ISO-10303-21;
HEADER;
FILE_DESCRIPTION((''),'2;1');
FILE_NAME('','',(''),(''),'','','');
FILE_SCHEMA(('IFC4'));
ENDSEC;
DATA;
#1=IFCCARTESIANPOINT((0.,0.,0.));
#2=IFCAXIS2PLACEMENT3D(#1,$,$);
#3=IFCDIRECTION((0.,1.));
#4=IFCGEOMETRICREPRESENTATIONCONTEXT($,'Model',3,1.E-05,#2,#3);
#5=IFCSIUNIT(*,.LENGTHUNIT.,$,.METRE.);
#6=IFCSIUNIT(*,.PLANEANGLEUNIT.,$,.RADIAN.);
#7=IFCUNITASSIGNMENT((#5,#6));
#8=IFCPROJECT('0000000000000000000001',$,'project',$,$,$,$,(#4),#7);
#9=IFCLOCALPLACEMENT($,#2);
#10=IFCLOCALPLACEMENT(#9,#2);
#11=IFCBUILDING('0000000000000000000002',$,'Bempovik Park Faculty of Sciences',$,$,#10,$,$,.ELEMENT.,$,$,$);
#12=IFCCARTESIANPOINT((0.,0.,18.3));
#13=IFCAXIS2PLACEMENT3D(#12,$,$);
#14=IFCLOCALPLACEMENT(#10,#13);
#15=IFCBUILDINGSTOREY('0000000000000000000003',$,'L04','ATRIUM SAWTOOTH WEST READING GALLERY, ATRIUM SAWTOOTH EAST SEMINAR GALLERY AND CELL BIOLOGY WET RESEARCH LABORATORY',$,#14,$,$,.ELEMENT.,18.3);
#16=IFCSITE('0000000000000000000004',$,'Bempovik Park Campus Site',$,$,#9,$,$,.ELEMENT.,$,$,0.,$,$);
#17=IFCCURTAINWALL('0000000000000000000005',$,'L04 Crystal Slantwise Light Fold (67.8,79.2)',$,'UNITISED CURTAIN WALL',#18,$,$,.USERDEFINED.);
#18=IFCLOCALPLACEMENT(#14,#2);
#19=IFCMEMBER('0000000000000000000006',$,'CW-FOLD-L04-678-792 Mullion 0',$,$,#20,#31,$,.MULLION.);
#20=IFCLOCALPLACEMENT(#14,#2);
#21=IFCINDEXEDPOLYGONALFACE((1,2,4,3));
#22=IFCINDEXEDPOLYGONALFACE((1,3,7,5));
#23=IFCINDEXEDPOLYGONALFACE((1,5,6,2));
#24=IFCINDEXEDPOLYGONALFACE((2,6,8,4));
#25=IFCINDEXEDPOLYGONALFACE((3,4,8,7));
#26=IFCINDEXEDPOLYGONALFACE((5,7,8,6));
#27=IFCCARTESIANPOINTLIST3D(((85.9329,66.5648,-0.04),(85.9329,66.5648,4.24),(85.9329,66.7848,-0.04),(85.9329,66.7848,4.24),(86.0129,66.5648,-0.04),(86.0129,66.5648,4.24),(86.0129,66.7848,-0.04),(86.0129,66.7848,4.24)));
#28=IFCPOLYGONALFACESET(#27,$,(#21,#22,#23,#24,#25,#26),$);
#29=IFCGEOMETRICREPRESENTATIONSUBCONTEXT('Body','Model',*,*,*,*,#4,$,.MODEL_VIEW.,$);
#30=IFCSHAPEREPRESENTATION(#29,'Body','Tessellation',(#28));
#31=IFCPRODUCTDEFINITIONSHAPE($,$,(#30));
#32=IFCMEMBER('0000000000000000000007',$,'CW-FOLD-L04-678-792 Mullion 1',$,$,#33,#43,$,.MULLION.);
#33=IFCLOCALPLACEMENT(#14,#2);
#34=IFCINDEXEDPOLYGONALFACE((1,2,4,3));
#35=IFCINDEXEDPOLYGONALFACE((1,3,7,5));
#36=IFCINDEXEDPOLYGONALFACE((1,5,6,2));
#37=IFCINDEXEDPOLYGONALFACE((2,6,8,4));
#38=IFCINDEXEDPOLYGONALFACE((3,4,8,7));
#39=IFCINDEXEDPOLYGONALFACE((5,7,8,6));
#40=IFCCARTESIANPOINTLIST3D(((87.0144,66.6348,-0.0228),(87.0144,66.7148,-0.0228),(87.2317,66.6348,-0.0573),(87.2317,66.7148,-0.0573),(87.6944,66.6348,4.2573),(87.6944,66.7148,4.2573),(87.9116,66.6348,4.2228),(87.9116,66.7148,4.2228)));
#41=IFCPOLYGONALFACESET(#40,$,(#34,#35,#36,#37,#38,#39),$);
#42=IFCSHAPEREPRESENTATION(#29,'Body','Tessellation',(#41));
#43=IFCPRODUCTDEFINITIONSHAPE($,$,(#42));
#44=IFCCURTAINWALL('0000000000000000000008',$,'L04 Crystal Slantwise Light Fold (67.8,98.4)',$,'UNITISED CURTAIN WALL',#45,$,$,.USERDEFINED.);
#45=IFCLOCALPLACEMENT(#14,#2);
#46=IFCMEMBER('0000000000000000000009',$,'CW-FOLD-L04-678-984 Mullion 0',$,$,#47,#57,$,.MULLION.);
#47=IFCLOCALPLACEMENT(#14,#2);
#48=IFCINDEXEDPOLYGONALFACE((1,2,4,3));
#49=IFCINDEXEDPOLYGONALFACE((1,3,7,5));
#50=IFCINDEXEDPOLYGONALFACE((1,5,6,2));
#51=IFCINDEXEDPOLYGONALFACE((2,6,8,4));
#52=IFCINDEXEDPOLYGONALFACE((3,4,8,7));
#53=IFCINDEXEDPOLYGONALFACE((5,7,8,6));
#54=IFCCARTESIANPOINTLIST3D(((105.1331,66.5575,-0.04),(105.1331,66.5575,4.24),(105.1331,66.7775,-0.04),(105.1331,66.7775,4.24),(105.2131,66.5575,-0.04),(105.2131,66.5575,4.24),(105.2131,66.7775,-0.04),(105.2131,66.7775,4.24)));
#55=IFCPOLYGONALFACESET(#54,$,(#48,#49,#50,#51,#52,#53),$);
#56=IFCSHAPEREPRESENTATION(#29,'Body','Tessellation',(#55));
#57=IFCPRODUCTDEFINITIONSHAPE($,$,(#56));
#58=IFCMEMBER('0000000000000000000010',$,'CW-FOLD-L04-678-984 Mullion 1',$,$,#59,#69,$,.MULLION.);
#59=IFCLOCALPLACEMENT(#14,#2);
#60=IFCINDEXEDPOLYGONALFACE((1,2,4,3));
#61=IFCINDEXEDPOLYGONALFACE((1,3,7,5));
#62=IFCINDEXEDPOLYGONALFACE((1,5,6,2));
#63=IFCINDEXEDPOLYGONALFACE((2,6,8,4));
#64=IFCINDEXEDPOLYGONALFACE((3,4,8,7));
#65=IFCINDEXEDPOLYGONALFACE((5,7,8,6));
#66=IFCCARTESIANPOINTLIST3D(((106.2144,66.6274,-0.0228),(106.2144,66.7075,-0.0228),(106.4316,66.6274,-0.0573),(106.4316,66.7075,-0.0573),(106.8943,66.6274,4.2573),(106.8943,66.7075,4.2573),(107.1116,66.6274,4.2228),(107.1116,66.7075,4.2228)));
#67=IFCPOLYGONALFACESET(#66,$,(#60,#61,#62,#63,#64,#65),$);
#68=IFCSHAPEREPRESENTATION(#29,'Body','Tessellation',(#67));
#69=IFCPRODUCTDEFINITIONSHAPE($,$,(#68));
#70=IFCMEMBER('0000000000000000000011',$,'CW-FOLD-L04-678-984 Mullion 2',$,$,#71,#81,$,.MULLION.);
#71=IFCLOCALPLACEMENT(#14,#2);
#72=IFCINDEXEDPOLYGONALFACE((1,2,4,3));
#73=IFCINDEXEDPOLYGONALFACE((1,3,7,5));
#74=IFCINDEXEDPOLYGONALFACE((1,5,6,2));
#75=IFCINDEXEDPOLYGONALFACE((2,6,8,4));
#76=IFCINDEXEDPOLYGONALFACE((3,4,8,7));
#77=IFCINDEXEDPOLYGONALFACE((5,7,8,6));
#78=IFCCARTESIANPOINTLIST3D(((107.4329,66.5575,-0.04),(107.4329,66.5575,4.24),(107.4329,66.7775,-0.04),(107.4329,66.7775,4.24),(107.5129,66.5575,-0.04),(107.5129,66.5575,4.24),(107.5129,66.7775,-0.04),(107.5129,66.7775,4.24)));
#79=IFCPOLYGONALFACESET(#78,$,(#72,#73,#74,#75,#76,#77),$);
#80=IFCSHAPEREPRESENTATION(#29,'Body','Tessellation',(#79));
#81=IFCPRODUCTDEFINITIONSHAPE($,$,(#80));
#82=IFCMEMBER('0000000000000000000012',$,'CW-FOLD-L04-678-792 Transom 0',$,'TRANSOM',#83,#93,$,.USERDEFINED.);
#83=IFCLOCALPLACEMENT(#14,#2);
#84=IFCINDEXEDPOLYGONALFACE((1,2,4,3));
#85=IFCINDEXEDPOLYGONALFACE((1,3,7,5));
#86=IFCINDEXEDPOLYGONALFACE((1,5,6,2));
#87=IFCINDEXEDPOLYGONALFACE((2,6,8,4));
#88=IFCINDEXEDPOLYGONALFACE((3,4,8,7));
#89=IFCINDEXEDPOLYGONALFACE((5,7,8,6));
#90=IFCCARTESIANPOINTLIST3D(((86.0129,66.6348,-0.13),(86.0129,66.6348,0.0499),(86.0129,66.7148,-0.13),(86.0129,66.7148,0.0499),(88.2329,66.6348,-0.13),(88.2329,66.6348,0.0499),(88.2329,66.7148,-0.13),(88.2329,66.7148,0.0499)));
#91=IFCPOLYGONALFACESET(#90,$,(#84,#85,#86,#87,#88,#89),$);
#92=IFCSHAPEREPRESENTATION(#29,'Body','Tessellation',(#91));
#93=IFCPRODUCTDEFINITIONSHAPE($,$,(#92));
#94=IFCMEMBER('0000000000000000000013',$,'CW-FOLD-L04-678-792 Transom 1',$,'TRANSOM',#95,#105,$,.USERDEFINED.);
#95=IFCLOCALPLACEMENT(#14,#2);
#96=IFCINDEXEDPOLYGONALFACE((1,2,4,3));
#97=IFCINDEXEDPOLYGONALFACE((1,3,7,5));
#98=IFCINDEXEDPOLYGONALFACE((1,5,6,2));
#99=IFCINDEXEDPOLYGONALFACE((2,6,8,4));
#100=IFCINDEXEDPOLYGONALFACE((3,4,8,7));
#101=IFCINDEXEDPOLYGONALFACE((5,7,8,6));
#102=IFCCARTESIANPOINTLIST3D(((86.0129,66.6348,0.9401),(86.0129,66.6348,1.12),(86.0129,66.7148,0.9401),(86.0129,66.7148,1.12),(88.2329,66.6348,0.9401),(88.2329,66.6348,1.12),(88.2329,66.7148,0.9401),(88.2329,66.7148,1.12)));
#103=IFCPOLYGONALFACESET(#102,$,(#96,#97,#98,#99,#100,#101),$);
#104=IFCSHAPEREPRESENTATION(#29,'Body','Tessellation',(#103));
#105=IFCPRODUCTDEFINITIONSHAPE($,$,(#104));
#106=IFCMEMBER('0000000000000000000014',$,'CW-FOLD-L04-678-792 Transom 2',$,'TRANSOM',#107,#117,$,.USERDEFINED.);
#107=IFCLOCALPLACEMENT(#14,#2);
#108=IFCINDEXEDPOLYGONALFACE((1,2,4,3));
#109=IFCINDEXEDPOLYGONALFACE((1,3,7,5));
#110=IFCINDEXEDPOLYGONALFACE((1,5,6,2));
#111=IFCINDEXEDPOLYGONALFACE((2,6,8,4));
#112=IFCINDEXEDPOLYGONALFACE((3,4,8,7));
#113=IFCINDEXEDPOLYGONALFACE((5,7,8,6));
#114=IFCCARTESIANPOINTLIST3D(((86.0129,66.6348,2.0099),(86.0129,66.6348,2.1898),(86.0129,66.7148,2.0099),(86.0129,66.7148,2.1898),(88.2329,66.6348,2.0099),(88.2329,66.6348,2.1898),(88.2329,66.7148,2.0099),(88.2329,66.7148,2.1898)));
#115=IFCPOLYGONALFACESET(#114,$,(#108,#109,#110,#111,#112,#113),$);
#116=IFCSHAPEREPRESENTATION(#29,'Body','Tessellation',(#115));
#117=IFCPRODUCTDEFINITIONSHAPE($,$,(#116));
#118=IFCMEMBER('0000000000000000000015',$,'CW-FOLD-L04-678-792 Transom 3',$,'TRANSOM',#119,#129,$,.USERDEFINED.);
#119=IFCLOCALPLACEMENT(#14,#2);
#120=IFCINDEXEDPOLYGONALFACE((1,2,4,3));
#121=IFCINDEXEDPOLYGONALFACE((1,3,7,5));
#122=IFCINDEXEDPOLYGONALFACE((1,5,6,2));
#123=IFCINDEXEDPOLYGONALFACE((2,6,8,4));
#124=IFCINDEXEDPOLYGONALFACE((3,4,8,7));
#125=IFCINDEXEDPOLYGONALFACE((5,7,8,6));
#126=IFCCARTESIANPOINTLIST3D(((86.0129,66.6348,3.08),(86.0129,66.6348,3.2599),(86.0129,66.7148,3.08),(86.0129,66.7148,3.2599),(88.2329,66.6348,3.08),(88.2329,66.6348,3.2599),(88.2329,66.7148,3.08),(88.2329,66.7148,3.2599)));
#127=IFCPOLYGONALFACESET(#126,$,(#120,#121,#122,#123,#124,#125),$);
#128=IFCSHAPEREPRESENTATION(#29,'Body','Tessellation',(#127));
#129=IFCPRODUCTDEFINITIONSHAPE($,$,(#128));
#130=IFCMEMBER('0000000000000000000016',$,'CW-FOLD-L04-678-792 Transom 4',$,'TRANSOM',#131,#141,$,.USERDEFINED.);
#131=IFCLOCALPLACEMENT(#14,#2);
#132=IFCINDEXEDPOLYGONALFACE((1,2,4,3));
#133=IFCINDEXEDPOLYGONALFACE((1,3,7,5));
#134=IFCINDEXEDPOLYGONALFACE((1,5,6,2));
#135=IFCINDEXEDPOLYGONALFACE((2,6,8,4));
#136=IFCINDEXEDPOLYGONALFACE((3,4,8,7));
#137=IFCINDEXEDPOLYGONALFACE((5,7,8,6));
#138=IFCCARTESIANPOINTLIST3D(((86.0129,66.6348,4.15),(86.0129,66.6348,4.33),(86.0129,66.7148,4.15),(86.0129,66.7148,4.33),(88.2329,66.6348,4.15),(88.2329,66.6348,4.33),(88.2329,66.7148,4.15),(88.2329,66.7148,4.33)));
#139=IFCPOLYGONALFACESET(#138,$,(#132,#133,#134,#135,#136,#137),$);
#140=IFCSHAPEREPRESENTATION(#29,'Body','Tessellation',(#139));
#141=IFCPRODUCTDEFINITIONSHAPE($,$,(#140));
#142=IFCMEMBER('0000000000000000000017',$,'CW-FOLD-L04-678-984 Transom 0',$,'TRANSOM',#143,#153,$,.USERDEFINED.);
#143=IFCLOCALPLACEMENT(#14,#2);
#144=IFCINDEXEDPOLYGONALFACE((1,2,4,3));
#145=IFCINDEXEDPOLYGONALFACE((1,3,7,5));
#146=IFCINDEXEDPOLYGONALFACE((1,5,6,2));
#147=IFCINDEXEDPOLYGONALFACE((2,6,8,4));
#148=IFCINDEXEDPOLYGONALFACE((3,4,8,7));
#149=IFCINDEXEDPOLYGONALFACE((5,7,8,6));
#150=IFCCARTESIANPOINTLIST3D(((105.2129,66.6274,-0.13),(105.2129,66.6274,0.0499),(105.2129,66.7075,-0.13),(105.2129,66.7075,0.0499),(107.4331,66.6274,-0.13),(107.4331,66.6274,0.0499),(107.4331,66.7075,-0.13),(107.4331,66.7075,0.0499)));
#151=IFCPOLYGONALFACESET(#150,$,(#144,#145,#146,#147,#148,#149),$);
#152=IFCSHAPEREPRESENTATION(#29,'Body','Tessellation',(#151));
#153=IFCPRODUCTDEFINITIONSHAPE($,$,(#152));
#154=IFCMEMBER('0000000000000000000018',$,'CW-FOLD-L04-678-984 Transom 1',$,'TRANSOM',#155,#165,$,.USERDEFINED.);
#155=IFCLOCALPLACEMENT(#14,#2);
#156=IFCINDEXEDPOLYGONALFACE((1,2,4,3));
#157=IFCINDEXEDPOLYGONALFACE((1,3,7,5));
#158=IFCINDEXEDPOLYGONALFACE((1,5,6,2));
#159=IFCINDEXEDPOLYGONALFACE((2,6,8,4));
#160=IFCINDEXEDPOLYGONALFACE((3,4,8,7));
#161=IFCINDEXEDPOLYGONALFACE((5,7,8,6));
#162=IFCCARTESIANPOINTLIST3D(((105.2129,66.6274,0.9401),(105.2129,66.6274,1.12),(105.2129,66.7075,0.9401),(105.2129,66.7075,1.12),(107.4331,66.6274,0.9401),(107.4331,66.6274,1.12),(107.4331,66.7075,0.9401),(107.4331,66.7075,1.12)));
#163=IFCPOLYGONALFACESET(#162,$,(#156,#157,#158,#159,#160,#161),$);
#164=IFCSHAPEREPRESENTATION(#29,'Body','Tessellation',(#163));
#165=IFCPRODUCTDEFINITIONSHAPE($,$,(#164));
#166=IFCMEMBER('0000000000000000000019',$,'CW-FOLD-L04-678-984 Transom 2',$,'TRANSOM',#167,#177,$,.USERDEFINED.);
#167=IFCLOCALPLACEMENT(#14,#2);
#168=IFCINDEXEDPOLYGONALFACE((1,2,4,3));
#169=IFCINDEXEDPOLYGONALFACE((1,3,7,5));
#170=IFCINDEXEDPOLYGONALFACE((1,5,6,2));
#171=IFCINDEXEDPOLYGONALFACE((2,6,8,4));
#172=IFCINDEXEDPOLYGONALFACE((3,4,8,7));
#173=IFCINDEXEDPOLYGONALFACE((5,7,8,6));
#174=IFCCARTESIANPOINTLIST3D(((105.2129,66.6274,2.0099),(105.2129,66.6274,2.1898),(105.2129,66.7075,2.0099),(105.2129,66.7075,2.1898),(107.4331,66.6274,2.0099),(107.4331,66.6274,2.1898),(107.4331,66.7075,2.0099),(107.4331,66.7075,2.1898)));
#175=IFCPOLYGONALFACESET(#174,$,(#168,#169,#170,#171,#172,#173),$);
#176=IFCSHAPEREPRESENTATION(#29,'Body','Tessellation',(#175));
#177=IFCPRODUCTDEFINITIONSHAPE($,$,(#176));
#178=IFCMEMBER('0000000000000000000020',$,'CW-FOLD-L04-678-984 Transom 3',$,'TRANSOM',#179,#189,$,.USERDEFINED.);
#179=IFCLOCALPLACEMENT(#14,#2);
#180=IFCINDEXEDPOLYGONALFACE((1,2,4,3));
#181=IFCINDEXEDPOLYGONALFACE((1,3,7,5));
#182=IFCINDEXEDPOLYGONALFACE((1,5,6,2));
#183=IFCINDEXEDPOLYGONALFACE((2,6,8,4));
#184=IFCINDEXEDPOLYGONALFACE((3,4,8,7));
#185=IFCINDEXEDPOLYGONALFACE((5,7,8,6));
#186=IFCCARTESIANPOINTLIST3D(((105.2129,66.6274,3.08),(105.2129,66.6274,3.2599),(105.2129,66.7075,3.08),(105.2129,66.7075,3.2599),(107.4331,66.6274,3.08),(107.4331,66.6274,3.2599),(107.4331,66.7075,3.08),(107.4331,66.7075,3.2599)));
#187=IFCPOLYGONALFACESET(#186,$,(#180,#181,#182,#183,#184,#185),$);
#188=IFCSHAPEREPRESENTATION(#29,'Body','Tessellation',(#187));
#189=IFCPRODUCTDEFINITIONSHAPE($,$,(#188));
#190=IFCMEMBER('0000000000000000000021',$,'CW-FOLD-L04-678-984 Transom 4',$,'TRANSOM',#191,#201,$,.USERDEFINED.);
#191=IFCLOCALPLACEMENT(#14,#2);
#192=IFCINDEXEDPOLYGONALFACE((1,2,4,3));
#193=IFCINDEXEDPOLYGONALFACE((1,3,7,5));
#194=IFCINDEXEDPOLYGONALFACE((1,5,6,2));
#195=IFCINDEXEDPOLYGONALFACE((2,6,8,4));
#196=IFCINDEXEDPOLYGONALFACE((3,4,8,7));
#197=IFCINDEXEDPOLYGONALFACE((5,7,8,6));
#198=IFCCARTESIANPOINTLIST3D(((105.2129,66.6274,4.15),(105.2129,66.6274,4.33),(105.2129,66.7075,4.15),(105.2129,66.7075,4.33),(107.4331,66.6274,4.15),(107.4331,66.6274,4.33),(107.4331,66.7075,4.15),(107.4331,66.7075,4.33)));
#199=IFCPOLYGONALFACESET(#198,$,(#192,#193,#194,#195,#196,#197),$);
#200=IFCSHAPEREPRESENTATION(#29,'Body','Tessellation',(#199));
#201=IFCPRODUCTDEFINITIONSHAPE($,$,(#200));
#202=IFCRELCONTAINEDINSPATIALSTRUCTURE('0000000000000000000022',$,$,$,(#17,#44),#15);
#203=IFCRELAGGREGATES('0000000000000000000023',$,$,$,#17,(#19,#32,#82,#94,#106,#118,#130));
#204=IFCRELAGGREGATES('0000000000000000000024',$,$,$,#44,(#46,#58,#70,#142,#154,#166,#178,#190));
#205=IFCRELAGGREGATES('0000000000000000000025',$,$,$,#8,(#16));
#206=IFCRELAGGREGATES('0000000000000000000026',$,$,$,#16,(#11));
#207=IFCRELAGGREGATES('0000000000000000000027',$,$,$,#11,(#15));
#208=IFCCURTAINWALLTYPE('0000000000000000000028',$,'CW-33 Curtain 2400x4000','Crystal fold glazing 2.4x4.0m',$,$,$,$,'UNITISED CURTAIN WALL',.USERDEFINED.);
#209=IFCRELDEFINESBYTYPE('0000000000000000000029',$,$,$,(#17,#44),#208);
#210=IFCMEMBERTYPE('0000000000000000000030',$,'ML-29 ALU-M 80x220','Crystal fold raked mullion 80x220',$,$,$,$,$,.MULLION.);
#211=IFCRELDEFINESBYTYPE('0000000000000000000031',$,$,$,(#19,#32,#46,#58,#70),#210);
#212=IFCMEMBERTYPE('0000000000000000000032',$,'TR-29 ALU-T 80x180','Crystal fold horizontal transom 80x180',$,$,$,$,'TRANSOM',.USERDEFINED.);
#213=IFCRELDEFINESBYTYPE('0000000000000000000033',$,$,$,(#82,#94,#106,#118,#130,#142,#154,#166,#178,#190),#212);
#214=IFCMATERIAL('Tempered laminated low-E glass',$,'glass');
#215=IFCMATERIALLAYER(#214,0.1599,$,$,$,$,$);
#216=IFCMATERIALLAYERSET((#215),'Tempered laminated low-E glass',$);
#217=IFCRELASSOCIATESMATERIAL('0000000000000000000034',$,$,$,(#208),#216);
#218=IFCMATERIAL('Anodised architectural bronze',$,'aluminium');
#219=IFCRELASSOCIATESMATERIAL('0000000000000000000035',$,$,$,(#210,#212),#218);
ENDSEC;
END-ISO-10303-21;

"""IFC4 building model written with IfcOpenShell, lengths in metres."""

from ifc_helpers import new_model, si_unit, direction, frame, origin, origin_2d, place, context, subcontext, project, spatial, rectangle, extrude, material, layer, layer_set, material_profile, profile_set, type_object, element, aggregate, save


model = new_model("IFC4")

# Units and contexts
model_context = context("Model", 3, precision=1e-05, world=origin(), true_north=direction((0.0, 1.0)))
body_context = subcontext(model_context, "Body", "Model", "MODEL_VIEW")
ifc_project = project(units=[si_unit("LENGTHUNIT", "METRE"), si_unit("PLANEANGLEUNIT", "RADIAN")], contexts=[model_context])

# Site, building, storey
site_placement = place(None, origin())
site = spatial("IfcSite", under=ifc_project, at=site_placement, Name="Bempovik Park Campus Site", CompositionType="ELEMENT", RefElevation=0.0)
building_placement = place(site_placement, origin())
building = spatial("IfcBuilding", under=site, at=building_placement, Name="Bempovik Park Faculty of Sciences", CompositionType="ELEMENT")
storey_placement = place(building_placement, frame((0.0, 0.0, 18.3)))
storey = spatial("IfcBuildingStorey", under=building, at=storey_placement, Name="L04", Description="ATRIUM SAWTOOTH WEST READING GALLERY, ATRIUM SAWTOOTH EAST SEMINAR GALLERY AND CELL BIOLOGY WET RESEARCH LABORATORY", CompositionType="ELEMENT", Elevation=18.3)

# Curtain walls, members
ifc_material_1 = material(Name="Tempered laminated low-E glass", Category="glass")
ifc_layer_1 = layer(ifc_material_1, 0.1599)
ifc_layer_set_1 = layer_set([ifc_layer_1], Name="Tempered laminated low-E glass")
curtain_wall_type = type_object("IfcCurtainWallType", Name="CW-33 Curtain 2400x4000", Description="Crystal fold glazing 2.4x4.0m", ElementType="UNITISED CURTAIN WALL", PredefinedType="USERDEFINED", material=ifc_layer_set_1)
curtain_wall_1_placement = place(storey_placement, origin())
curtain_wall_1 = element("IfcCurtainWall", 1, at=curtain_wall_1_placement, inside=storey, type_object=curtain_wall_type, Name="L04 Crystal Slantwise Light Fold (67.8,79.2)", ObjectType="UNITISED CURTAIN WALL", PredefinedType="USERDEFINED")
ifc_material_2 = material(Name="Anodised architectural bronze", Category="aluminium")
ifc_material_profile_1 = material_profile(ifc_material_2, rectangle(XDim=0.0801, YDim=0.22, at=origin_2d()), Name="ALU-M 80x220")
ifc_profile_set_1 = profile_set([ifc_material_profile_1], Name="Anodised architectural bronze")
member_type_1 = type_object("IfcMemberType", Name="ML-29 ALU-M 80x220", Description="Crystal fold raked mullion 80x220", PredefinedType="MULLION", material=ifc_profile_set_1)
member_1_placement = place(storey_placement, frame((85.9729, 66.6748, -0.04), z_axis=(0.0, 0.0, 1.0), x_axis=(1.0, 0.0, 0.0)))
member_1 = element("IfcMember", 2, at=member_1_placement, type_object=member_type_1, Name="CW-FOLD-L04-678-792 Mullion 0", PredefinedType="MULLION", context=body_context, shape_type="SweptSolid", body=[
    extrude(rectangle(XDim=0.0801, YDim=0.22, at=origin_2d()), origin(), (0.0, 0.0, 1.0), 4.28),
])
member_2_placement = place(storey_placement, frame((87.123, 66.6748, -0.04), z_axis=(0.156894, 0.0, 0.987615), x_axis=(0.0, 1.0, 0.0)))
member_2 = element("IfcMember", 3, at=member_2_placement, type_object=member_type_1, Name="CW-FOLD-L04-678-792 Mullion 1", PredefinedType="MULLION", context=body_context, shape_type="SweptSolid", body=[
    extrude(rectangle(XDim=0.0801, YDim=0.22, at=origin_2d()), origin(), (0.0, 0.0, 1.0), 4.3337),
])
curtain_wall_2_placement = place(storey_placement, origin())
curtain_wall_2 = element("IfcCurtainWall", 4, at=curtain_wall_2_placement, inside=storey, type_object=curtain_wall_type, Name="L04 Crystal Slantwise Light Fold (67.8,98.4)", ObjectType="UNITISED CURTAIN WALL", PredefinedType="USERDEFINED")
member_3_placement = place(storey_placement, frame((105.1731, 66.6675, -0.04), z_axis=(0.0, 0.0, 1.0), x_axis=(1.0, 0.0, 0.0)))
member_3 = element("IfcMember", 5, at=member_3_placement, type_object=member_type_1, Name="CW-FOLD-L04-678-984 Mullion 0", PredefinedType="MULLION", context=body_context, shape_type="SweptSolid", body=[
    extrude(rectangle(XDim=0.0801, YDim=0.22, at=origin_2d()), origin(), (0.0, 0.0, 1.0), 4.28),
])
member_4_placement = place(storey_placement, frame((106.323, 66.6675, -0.04), z_axis=(0.156894, 0.0, 0.987615), x_axis=(0.0, 1.0, 0.0)))
member_4 = element("IfcMember", 6, at=member_4_placement, type_object=member_type_1, Name="CW-FOLD-L04-678-984 Mullion 1", PredefinedType="MULLION", context=body_context, shape_type="SweptSolid", body=[
    extrude(rectangle(XDim=0.0801, YDim=0.22, at=origin_2d()), origin(), (0.0, 0.0, 1.0), 4.3337),
])
member_5_placement = place(storey_placement, frame((107.4729, 66.6675, -0.04), z_axis=(0.0, 0.0, 1.0), x_axis=(1.0, 0.0, 0.0)))
member_5 = element("IfcMember", 7, at=member_5_placement, type_object=member_type_1, Name="CW-FOLD-L04-678-984 Mullion 2", PredefinedType="MULLION", context=body_context, shape_type="SweptSolid", body=[
    extrude(rectangle(XDim=0.0801, YDim=0.22, at=origin_2d()), origin(), (0.0, 0.0, 1.0), 4.28),
])

# Members
ifc_material_profile_2 = material_profile(ifc_material_2, rectangle(XDim=0.0801, YDim=0.1799, at=origin_2d()), Name="ALU-T 80x180")
ifc_profile_set_2 = profile_set([ifc_material_profile_2], Name="Anodised architectural bronze")
member_type_2 = type_object("IfcMemberType", Name="TR-29 ALU-T 80x180", Description="Crystal fold horizontal transom 80x180", ElementType="TRANSOM", PredefinedType="USERDEFINED", material=ifc_profile_set_2)
member_6_placement = place(storey_placement, frame((86.0129, 66.6748, -0.04), z_axis=(1.0, 0.0, 0.0), x_axis=(0.0, 1.0, 0.0)))
member_6 = element("IfcMember", 8, at=member_6_placement, type_object=member_type_2, Name="CW-FOLD-L04-678-792 Transom 0", ObjectType="TRANSOM", PredefinedType="USERDEFINED", context=body_context, shape_type="SweptSolid", body=[
    extrude(rectangle(XDim=0.0801, YDim=0.1799, at=origin_2d()), origin(), (0.0, 0.0, 1.0), 2.22),
])
member_7_placement = place(storey_placement, frame((86.0129, 66.6748, 1.03), z_axis=(1.0, 0.0, 0.0), x_axis=(0.0, 1.0, 0.0)))
member_7 = element("IfcMember", 9, at=member_7_placement, type_object=member_type_2, Name="CW-FOLD-L04-678-792 Transom 1", ObjectType="TRANSOM", PredefinedType="USERDEFINED", context=body_context, shape_type="SweptSolid", body=[
    extrude(rectangle(XDim=0.0801, YDim=0.1799, at=origin_2d()), origin(), (0.0, 0.0, 1.0), 2.22),
])
member_8_placement = place(storey_placement, frame((86.0129, 66.6748, 2.0999), z_axis=(1.0, 0.0, 0.0), x_axis=(0.0, 1.0, 0.0)))
member_8 = element("IfcMember", 10, at=member_8_placement, type_object=member_type_2, Name="CW-FOLD-L04-678-792 Transom 2", ObjectType="TRANSOM", PredefinedType="USERDEFINED", context=body_context, shape_type="SweptSolid", body=[
    extrude(rectangle(XDim=0.0801, YDim=0.1799, at=origin_2d()), origin(), (0.0, 0.0, 1.0), 2.22),
])
member_9_placement = place(storey_placement, frame((86.0129, 66.6748, 3.1699), z_axis=(1.0, 0.0, 0.0), x_axis=(0.0, 1.0, 0.0)))
member_9 = element("IfcMember", 11, at=member_9_placement, type_object=member_type_2, Name="CW-FOLD-L04-678-792 Transom 3", ObjectType="TRANSOM", PredefinedType="USERDEFINED", context=body_context, shape_type="SweptSolid", body=[
    extrude(rectangle(XDim=0.0801, YDim=0.1799, at=origin_2d()), origin(), (0.0, 0.0, 1.0), 2.22),
])
member_10_placement = place(storey_placement, frame((86.0129, 66.6748, 4.24), z_axis=(1.0, 0.0, 0.0), x_axis=(0.0, 1.0, 0.0)))
member_10 = element("IfcMember", 12, at=member_10_placement, type_object=member_type_2, Name="CW-FOLD-L04-678-792 Transom 4", ObjectType="TRANSOM", PredefinedType="USERDEFINED", context=body_context, shape_type="SweptSolid", body=[
    extrude(rectangle(XDim=0.0801, YDim=0.1799, at=origin_2d()), origin(), (0.0, 0.0, 1.0), 2.22),
])
member_11_placement = place(storey_placement, frame((105.2129, 66.6675, -0.04), z_axis=(1.0, 0.0, 0.0), x_axis=(0.0, 1.0, 0.0)))
member_11 = element("IfcMember", 13, at=member_11_placement, type_object=member_type_2, Name="CW-FOLD-L04-678-984 Transom 0", ObjectType="TRANSOM", PredefinedType="USERDEFINED", context=body_context, shape_type="SweptSolid", body=[
    extrude(rectangle(XDim=0.0801, YDim=0.1799, at=origin_2d()), origin(), (0.0, 0.0, 1.0), 2.2202),
])
member_12_placement = place(storey_placement, frame((105.2129, 66.6675, 1.03), z_axis=(1.0, 0.0, 0.0), x_axis=(0.0, 1.0, 0.0)))
member_12 = element("IfcMember", 14, at=member_12_placement, type_object=member_type_2, Name="CW-FOLD-L04-678-984 Transom 1", ObjectType="TRANSOM", PredefinedType="USERDEFINED", context=body_context, shape_type="SweptSolid", body=[
    extrude(rectangle(XDim=0.0801, YDim=0.1799, at=origin_2d()), origin(), (0.0, 0.0, 1.0), 2.2202),
])
member_13_placement = place(storey_placement, frame((105.2129, 66.6675, 2.0999), z_axis=(1.0, 0.0, 0.0), x_axis=(0.0, 1.0, 0.0)))
member_13 = element("IfcMember", 15, at=member_13_placement, type_object=member_type_2, Name="CW-FOLD-L04-678-984 Transom 2", ObjectType="TRANSOM", PredefinedType="USERDEFINED", context=body_context, shape_type="SweptSolid", body=[
    extrude(rectangle(XDim=0.0801, YDim=0.1799, at=origin_2d()), origin(), (0.0, 0.0, 1.0), 2.2202),
])
member_14_placement = place(storey_placement, frame((105.2129, 66.6675, 3.1699), z_axis=(1.0, 0.0, 0.0), x_axis=(0.0, 1.0, 0.0)))
member_14 = element("IfcMember", 16, at=member_14_placement, type_object=member_type_2, Name="CW-FOLD-L04-678-984 Transom 3", ObjectType="TRANSOM", PredefinedType="USERDEFINED", context=body_context, shape_type="SweptSolid", body=[
    extrude(rectangle(XDim=0.0801, YDim=0.1799, at=origin_2d()), origin(), (0.0, 0.0, 1.0), 2.2202),
])
member_15_placement = place(storey_placement, frame((105.2129, 66.6675, 4.24), z_axis=(1.0, 0.0, 0.0), x_axis=(0.0, 1.0, 0.0)))
member_15 = element("IfcMember", 17, at=member_15_placement, type_object=member_type_2, Name="CW-FOLD-L04-678-984 Transom 4", ObjectType="TRANSOM", PredefinedType="USERDEFINED", context=body_context, shape_type="SweptSolid", body=[
    extrude(rectangle(XDim=0.0801, YDim=0.1799, at=origin_2d()), origin(), (0.0, 0.0, 1.0), 2.2202),
])

aggregate(curtain_wall_1, [member_1, member_2, member_6, member_7, member_8, member_9, member_10])
aggregate(curtain_wall_2, [member_3, member_4, member_5, member_11, member_12, member_13, member_14, member_15])

save(model, "model.ifc")
